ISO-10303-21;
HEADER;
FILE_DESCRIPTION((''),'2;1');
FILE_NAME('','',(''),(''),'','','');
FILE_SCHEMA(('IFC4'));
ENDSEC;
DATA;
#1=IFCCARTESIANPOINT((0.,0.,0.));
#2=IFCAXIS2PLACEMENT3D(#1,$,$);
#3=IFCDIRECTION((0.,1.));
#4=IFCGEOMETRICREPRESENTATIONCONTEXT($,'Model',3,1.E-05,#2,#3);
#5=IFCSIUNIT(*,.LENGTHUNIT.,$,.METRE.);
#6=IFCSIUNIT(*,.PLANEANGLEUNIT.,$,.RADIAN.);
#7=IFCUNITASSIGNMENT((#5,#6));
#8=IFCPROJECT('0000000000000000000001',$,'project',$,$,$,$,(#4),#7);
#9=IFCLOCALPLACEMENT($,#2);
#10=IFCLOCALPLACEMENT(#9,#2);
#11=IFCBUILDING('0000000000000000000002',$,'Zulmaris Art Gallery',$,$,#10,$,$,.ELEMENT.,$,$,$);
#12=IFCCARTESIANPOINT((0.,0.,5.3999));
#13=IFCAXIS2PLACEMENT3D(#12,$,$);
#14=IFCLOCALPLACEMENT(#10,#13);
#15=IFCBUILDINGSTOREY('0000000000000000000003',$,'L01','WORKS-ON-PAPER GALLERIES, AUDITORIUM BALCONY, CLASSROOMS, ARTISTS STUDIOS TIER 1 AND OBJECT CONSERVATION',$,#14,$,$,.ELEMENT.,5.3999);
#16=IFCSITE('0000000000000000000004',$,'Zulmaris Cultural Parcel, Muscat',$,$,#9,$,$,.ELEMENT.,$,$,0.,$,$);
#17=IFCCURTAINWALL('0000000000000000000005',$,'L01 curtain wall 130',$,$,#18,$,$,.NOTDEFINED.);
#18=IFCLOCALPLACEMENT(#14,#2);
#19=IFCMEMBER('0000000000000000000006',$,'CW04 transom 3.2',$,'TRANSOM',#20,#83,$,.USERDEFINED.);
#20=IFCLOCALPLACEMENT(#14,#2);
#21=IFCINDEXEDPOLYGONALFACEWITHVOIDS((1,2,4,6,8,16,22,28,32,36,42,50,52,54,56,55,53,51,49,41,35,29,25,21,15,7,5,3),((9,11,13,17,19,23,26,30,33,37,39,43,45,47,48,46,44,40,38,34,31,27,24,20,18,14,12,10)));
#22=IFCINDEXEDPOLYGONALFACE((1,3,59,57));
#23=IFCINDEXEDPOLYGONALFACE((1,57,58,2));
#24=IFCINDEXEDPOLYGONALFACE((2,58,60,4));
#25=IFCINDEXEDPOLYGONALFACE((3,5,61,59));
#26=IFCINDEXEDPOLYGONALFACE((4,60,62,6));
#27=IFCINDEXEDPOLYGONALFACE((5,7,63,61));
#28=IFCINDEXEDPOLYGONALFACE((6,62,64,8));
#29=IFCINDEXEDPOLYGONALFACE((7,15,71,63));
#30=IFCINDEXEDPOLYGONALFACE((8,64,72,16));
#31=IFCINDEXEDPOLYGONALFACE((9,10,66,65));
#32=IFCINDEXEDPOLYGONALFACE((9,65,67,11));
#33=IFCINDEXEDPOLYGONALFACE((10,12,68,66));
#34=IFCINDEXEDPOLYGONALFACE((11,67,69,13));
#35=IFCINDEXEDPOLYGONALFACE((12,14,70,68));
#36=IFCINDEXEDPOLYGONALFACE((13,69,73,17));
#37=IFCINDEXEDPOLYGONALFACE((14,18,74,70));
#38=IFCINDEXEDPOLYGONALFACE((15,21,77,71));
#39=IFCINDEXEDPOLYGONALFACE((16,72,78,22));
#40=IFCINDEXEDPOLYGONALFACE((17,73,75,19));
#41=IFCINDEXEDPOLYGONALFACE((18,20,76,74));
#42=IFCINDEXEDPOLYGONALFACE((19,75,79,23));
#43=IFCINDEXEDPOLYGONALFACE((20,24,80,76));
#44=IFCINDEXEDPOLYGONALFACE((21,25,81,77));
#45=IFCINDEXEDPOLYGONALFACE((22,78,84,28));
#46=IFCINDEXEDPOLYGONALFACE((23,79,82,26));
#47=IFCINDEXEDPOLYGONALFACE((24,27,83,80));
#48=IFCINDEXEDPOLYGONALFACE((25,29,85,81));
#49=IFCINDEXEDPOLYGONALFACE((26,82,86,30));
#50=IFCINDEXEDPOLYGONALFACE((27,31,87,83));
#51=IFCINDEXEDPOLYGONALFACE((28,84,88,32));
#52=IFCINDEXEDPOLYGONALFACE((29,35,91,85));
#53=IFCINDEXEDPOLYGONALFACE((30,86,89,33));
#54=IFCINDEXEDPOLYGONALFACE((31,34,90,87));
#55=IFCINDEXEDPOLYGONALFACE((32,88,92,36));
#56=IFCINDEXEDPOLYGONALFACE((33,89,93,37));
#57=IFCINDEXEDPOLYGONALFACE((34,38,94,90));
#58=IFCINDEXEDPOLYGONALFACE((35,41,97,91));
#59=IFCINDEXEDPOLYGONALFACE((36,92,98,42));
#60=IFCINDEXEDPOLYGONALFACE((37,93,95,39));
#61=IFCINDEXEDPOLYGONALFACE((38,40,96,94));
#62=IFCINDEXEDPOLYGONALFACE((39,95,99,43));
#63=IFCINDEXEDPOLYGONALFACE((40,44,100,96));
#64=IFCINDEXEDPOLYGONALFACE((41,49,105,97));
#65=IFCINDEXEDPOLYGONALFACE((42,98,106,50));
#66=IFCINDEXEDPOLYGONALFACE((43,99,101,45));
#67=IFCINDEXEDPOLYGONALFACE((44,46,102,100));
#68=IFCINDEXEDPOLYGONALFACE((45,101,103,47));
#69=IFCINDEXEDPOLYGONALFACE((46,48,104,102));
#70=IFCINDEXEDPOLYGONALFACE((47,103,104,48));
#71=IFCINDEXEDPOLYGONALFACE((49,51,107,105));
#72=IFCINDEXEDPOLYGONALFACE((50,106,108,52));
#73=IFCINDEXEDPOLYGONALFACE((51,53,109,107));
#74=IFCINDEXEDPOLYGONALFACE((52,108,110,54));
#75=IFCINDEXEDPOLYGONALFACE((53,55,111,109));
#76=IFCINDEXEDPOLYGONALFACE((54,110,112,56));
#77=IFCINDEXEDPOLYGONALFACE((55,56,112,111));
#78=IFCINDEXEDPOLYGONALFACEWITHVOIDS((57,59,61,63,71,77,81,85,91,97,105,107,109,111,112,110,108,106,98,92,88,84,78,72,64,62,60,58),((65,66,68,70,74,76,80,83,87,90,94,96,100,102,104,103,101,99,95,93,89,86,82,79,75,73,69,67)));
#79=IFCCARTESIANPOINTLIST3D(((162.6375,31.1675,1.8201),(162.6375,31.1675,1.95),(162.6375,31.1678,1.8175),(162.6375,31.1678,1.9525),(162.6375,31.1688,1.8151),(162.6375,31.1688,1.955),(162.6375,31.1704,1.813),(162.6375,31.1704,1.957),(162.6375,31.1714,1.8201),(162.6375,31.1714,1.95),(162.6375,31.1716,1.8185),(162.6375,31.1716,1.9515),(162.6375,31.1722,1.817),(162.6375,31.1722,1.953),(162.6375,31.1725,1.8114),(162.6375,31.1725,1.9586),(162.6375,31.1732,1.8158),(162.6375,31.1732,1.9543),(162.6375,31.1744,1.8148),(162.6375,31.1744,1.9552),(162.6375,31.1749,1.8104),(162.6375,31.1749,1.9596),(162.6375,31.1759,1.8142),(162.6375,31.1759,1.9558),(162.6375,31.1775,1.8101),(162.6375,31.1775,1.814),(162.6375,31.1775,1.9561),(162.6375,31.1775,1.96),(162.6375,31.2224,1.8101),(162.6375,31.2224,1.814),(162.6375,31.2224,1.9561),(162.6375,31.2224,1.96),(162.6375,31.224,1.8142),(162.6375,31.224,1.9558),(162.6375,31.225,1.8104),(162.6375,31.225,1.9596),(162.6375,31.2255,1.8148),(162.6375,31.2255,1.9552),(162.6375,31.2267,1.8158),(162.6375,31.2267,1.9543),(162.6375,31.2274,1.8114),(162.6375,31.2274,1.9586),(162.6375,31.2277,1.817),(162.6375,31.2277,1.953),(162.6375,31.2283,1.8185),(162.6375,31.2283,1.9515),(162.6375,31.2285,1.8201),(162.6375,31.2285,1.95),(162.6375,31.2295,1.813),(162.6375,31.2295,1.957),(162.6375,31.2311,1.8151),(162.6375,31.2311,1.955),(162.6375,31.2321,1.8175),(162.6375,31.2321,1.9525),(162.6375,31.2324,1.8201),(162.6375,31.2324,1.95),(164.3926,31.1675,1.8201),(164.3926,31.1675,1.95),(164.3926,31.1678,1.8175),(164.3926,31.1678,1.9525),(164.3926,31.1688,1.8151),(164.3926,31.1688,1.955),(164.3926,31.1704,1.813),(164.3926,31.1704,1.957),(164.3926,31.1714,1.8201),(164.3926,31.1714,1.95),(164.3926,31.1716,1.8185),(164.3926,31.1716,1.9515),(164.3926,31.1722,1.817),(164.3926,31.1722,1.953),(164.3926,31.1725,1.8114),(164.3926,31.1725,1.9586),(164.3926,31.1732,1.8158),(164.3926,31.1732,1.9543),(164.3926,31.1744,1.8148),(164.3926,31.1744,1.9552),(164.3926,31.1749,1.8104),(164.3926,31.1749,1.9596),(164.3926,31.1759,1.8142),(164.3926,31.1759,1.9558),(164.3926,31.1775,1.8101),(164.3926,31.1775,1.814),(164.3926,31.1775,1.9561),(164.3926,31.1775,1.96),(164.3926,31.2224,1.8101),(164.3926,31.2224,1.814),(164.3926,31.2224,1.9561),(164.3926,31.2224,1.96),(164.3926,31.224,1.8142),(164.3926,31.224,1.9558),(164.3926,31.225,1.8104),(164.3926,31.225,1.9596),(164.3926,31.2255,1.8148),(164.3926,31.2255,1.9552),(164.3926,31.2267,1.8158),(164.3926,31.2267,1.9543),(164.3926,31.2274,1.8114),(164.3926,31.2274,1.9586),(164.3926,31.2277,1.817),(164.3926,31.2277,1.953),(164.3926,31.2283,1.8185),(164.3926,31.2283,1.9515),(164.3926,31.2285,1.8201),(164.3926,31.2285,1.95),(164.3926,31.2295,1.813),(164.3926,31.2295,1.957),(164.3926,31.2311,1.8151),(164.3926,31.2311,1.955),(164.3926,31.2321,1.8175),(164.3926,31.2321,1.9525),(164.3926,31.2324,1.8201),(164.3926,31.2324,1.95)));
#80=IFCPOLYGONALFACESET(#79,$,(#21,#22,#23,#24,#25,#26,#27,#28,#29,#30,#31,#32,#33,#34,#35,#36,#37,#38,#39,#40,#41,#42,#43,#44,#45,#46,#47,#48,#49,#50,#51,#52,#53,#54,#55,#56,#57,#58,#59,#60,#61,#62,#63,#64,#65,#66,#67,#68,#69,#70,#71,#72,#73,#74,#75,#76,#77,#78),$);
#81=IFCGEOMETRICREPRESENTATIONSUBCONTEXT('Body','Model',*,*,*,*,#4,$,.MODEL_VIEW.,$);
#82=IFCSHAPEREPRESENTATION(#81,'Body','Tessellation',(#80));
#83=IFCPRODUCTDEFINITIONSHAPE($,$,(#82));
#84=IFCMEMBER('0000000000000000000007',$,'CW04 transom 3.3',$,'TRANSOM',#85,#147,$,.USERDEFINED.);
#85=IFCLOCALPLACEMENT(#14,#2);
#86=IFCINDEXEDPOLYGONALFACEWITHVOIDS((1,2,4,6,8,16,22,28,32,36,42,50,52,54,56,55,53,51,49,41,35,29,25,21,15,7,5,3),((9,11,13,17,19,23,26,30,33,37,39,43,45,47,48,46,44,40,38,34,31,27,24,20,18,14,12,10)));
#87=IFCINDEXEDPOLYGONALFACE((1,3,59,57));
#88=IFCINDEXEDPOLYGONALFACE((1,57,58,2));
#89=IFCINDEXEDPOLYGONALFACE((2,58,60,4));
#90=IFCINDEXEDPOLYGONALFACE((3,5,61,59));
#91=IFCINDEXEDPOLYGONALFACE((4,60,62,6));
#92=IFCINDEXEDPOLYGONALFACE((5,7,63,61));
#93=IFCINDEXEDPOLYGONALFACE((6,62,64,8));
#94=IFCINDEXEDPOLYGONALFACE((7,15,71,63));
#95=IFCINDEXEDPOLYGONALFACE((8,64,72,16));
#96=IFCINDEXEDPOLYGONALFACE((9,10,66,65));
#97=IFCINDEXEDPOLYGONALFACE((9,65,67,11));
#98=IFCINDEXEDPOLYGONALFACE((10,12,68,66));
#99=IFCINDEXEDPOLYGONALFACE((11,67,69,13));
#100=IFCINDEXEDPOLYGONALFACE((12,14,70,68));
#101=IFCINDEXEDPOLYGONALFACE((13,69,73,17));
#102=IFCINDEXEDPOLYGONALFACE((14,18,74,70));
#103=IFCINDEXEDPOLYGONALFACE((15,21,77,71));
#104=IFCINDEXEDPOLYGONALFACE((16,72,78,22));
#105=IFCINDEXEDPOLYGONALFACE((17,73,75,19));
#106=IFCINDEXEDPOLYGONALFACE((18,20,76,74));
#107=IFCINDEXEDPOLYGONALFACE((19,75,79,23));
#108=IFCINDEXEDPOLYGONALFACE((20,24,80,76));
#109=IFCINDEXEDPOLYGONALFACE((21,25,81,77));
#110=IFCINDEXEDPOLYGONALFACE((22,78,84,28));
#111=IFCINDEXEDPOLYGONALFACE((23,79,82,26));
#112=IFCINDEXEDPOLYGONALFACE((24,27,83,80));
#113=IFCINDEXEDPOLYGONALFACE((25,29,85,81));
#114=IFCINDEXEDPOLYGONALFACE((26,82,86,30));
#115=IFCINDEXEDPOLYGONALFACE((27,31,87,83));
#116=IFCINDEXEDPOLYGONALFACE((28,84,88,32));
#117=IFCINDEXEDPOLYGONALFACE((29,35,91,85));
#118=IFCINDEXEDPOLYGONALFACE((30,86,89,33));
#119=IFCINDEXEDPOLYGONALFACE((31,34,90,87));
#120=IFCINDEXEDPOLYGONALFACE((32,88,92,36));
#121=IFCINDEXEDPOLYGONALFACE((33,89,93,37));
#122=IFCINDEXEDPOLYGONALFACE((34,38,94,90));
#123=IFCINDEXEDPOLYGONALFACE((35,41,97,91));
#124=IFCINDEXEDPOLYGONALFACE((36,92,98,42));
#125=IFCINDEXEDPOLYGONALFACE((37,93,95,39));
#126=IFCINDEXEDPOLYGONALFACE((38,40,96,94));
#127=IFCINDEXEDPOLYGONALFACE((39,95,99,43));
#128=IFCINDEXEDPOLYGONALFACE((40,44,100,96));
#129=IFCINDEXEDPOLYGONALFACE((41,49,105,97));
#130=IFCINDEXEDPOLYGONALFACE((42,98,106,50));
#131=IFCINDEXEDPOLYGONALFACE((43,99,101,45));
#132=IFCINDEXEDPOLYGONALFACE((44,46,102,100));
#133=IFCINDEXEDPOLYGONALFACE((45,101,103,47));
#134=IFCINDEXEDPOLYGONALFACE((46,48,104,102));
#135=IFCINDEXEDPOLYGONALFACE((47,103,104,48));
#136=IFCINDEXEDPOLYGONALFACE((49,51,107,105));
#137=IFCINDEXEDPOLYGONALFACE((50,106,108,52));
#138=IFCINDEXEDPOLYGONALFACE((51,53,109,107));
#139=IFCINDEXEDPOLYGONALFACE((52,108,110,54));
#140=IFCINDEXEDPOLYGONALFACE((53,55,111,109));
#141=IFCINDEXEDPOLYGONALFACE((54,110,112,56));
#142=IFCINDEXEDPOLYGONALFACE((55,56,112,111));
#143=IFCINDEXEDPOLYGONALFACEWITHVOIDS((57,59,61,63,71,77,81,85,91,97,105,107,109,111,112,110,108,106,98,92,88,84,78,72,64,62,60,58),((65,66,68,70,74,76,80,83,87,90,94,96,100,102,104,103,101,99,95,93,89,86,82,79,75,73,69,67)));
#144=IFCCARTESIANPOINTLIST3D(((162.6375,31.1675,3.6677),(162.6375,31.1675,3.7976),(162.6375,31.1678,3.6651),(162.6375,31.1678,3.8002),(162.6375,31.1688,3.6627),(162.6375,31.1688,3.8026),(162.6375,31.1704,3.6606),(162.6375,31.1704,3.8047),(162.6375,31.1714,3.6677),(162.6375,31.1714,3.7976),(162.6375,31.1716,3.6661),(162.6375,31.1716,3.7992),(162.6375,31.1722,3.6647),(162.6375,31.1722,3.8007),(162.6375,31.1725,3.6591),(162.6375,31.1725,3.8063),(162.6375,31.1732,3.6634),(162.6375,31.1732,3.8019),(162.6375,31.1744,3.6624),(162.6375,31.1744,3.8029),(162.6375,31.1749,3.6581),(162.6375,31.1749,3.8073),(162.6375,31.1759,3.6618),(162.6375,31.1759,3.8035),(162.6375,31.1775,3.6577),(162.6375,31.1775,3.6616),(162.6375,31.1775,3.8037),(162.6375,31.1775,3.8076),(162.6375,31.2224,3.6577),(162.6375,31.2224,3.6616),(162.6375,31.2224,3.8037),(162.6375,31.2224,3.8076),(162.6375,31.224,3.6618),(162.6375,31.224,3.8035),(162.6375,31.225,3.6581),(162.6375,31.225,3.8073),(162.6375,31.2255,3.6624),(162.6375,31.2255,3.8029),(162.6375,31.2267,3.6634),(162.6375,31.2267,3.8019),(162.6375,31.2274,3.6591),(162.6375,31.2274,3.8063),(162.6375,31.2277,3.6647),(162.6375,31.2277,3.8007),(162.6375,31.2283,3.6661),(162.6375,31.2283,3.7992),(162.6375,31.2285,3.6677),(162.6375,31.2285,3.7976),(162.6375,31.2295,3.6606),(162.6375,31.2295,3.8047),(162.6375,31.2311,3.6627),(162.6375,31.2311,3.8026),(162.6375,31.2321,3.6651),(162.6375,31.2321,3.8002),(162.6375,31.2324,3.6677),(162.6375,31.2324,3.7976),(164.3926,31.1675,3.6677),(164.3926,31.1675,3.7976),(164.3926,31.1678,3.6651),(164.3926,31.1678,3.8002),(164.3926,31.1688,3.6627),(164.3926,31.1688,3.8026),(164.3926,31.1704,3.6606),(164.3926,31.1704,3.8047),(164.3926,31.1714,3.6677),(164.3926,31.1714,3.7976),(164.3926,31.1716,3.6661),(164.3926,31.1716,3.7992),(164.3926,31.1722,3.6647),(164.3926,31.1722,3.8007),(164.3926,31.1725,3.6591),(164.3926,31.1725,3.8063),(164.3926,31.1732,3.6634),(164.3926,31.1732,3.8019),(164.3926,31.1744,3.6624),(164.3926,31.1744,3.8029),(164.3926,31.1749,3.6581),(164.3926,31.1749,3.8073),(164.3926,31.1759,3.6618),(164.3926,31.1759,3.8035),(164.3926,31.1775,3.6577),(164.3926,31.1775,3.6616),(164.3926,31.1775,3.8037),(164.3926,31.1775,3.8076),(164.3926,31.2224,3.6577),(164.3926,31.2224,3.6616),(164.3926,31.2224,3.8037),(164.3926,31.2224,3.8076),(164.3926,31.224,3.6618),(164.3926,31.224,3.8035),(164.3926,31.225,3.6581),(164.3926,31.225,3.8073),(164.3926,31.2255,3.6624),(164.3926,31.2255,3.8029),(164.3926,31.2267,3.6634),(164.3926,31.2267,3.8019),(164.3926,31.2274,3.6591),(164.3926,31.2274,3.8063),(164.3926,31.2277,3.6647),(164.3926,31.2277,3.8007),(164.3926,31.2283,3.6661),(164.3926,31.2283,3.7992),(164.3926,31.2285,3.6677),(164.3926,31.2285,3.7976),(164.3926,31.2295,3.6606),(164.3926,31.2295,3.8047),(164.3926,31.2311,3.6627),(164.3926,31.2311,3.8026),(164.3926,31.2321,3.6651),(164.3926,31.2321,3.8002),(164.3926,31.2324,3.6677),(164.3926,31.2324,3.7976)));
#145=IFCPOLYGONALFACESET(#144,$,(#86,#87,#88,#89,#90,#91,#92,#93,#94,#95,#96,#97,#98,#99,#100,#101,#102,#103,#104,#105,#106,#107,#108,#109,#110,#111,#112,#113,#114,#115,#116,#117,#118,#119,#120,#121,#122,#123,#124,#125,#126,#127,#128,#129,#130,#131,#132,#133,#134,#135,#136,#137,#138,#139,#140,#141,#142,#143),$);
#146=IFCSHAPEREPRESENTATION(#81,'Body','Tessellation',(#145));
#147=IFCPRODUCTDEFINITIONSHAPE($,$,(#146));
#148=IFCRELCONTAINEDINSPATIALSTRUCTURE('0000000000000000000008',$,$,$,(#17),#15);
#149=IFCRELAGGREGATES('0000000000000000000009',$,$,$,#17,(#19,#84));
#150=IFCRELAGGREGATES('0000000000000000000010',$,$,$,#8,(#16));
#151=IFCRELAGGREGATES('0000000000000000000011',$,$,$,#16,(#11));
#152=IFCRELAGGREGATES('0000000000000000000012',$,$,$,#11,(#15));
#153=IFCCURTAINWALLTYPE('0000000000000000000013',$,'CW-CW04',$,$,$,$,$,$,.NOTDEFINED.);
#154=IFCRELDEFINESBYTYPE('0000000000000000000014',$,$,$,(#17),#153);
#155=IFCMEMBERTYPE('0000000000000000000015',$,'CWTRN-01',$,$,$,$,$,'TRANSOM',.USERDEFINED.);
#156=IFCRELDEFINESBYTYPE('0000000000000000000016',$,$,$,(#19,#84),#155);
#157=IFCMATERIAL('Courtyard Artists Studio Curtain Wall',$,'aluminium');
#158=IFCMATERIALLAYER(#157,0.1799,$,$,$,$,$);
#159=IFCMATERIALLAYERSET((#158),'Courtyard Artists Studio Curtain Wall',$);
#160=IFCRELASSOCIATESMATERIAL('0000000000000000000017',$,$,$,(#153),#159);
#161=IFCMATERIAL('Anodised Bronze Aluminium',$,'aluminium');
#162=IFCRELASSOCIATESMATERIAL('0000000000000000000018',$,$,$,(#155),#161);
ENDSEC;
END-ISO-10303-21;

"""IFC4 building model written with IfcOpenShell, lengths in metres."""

from ifc_helpers import new_model, si_unit, direction, frame, origin, origin_2d, place, context, subcontext, project, spatial, hollow_rectangle, extrude, material, layer, layer_set, material_profile, profile_set, type_object, element, aggregate, save


model = new_model("IFC4")

# Units and contexts
model_context = context("Model", 3, precision=1e-05, world=origin(), true_north=direction((0.0, 1.0)))
body_context = subcontext(model_context, "Body", "Model", "MODEL_VIEW")
ifc_project = project(units=[si_unit("LENGTHUNIT", "METRE"), si_unit("PLANEANGLEUNIT", "RADIAN")], contexts=[model_context])

# Site, building, storey
site_placement = place(None, origin())
site = spatial("IfcSite", under=ifc_project, at=site_placement, Name="Zulmaris Cultural Parcel, Muscat", CompositionType="ELEMENT", RefElevation=0.0)
building_placement = place(site_placement, origin())
building = spatial("IfcBuilding", under=site, at=building_placement, Name="Zulmaris Art Gallery", CompositionType="ELEMENT")
storey_placement = place(building_placement, frame((0.0, 0.0, 5.3999)))
storey = spatial("IfcBuildingStorey", under=building, at=storey_placement, Name="L01", Description="WORKS-ON-PAPER GALLERIES, AUDITORIUM BALCONY, CLASSROOMS, ARTISTS STUDIOS TIER 1 AND OBJECT CONSERVATION", CompositionType="ELEMENT", Elevation=5.3999)

# Curtain wall
ifc_material_1 = material(Name="Courtyard Artists Studio Curtain Wall", Category="aluminium")
ifc_layer_1 = layer(ifc_material_1, 0.1799)
ifc_layer_set_1 = layer_set([ifc_layer_1], Name="Courtyard Artists Studio Curtain Wall")
curtain_wall_type = type_object("IfcCurtainWallType", Name="CW-CW04", PredefinedType="NOTDEFINED", material=ifc_layer_set_1)
curtain_wall_1_placement = place(storey_placement, origin())
curtain_wall_1 = element("IfcCurtainWall", 1, at=curtain_wall_1_placement, inside=storey, type_object=curtain_wall_type, Name="L01 curtain wall 130", PredefinedType="NOTDEFINED")
ifc_material_2 = material(Name="Anodised Bronze Aluminium", Category="aluminium")

# Members
ifc_material_profile_1 = material_profile(ifc_material_2, hollow_rectangle(XDim=0.0649, YDim=0.1499, WallThickness=0.0039, InnerFilletRadius=0.0061, OuterFilletRadius=0.01, at=origin_2d()), Name="ALU 65x150x4")
ifc_profile_set_1 = profile_set([ifc_material_profile_1], Name="Anodised Bronze Aluminium")
member_type_1 = type_object("IfcMemberType", Name="CWTRN-01", ElementType="TRANSOM", PredefinedType="USERDEFINED", material=ifc_profile_set_1)
member_1_placement = place(storey_placement, frame((162.6375, 31.2, 1.885), z_axis=(1.0, 0.0, 0.0), x_axis=(0.0, 1.0, 0.0)))
member_1 = element("IfcMember", 2, at=member_1_placement, type_object=member_type_1, Name="CW04 transom 3.2", ObjectType="TRANSOM", PredefinedType="USERDEFINED", context=body_context, shape_type="SweptSolid", body=[
    extrude(hollow_rectangle(XDim=0.0649, YDim=0.1499, WallThickness=0.0039, InnerFilletRadius=0.0061, OuterFilletRadius=0.01, at=origin_2d()), origin(), (0.0, 0.0, 1.0), 1.7551),
])
member_2_placement = place(storey_placement, frame((162.6375, 31.2, 3.7327), z_axis=(1.0, 0.0, 0.0), x_axis=(0.0, 1.0, 0.0)))
member_2 = element("IfcMember", 3, at=member_2_placement, type_object=member_type_1, Name="CW04 transom 3.3", ObjectType="TRANSOM", PredefinedType="USERDEFINED", context=body_context, shape_type="SweptSolid", body=[
    extrude(hollow_rectangle(XDim=0.0649, YDim=0.1499, WallThickness=0.0039, InnerFilletRadius=0.0061, OuterFilletRadius=0.01, at=origin_2d()), origin(), (0.0, 0.0, 1.0), 1.7551),
])

aggregate(curtain_wall_1, [member_1, member_2])

save(model, "model.ifc")
